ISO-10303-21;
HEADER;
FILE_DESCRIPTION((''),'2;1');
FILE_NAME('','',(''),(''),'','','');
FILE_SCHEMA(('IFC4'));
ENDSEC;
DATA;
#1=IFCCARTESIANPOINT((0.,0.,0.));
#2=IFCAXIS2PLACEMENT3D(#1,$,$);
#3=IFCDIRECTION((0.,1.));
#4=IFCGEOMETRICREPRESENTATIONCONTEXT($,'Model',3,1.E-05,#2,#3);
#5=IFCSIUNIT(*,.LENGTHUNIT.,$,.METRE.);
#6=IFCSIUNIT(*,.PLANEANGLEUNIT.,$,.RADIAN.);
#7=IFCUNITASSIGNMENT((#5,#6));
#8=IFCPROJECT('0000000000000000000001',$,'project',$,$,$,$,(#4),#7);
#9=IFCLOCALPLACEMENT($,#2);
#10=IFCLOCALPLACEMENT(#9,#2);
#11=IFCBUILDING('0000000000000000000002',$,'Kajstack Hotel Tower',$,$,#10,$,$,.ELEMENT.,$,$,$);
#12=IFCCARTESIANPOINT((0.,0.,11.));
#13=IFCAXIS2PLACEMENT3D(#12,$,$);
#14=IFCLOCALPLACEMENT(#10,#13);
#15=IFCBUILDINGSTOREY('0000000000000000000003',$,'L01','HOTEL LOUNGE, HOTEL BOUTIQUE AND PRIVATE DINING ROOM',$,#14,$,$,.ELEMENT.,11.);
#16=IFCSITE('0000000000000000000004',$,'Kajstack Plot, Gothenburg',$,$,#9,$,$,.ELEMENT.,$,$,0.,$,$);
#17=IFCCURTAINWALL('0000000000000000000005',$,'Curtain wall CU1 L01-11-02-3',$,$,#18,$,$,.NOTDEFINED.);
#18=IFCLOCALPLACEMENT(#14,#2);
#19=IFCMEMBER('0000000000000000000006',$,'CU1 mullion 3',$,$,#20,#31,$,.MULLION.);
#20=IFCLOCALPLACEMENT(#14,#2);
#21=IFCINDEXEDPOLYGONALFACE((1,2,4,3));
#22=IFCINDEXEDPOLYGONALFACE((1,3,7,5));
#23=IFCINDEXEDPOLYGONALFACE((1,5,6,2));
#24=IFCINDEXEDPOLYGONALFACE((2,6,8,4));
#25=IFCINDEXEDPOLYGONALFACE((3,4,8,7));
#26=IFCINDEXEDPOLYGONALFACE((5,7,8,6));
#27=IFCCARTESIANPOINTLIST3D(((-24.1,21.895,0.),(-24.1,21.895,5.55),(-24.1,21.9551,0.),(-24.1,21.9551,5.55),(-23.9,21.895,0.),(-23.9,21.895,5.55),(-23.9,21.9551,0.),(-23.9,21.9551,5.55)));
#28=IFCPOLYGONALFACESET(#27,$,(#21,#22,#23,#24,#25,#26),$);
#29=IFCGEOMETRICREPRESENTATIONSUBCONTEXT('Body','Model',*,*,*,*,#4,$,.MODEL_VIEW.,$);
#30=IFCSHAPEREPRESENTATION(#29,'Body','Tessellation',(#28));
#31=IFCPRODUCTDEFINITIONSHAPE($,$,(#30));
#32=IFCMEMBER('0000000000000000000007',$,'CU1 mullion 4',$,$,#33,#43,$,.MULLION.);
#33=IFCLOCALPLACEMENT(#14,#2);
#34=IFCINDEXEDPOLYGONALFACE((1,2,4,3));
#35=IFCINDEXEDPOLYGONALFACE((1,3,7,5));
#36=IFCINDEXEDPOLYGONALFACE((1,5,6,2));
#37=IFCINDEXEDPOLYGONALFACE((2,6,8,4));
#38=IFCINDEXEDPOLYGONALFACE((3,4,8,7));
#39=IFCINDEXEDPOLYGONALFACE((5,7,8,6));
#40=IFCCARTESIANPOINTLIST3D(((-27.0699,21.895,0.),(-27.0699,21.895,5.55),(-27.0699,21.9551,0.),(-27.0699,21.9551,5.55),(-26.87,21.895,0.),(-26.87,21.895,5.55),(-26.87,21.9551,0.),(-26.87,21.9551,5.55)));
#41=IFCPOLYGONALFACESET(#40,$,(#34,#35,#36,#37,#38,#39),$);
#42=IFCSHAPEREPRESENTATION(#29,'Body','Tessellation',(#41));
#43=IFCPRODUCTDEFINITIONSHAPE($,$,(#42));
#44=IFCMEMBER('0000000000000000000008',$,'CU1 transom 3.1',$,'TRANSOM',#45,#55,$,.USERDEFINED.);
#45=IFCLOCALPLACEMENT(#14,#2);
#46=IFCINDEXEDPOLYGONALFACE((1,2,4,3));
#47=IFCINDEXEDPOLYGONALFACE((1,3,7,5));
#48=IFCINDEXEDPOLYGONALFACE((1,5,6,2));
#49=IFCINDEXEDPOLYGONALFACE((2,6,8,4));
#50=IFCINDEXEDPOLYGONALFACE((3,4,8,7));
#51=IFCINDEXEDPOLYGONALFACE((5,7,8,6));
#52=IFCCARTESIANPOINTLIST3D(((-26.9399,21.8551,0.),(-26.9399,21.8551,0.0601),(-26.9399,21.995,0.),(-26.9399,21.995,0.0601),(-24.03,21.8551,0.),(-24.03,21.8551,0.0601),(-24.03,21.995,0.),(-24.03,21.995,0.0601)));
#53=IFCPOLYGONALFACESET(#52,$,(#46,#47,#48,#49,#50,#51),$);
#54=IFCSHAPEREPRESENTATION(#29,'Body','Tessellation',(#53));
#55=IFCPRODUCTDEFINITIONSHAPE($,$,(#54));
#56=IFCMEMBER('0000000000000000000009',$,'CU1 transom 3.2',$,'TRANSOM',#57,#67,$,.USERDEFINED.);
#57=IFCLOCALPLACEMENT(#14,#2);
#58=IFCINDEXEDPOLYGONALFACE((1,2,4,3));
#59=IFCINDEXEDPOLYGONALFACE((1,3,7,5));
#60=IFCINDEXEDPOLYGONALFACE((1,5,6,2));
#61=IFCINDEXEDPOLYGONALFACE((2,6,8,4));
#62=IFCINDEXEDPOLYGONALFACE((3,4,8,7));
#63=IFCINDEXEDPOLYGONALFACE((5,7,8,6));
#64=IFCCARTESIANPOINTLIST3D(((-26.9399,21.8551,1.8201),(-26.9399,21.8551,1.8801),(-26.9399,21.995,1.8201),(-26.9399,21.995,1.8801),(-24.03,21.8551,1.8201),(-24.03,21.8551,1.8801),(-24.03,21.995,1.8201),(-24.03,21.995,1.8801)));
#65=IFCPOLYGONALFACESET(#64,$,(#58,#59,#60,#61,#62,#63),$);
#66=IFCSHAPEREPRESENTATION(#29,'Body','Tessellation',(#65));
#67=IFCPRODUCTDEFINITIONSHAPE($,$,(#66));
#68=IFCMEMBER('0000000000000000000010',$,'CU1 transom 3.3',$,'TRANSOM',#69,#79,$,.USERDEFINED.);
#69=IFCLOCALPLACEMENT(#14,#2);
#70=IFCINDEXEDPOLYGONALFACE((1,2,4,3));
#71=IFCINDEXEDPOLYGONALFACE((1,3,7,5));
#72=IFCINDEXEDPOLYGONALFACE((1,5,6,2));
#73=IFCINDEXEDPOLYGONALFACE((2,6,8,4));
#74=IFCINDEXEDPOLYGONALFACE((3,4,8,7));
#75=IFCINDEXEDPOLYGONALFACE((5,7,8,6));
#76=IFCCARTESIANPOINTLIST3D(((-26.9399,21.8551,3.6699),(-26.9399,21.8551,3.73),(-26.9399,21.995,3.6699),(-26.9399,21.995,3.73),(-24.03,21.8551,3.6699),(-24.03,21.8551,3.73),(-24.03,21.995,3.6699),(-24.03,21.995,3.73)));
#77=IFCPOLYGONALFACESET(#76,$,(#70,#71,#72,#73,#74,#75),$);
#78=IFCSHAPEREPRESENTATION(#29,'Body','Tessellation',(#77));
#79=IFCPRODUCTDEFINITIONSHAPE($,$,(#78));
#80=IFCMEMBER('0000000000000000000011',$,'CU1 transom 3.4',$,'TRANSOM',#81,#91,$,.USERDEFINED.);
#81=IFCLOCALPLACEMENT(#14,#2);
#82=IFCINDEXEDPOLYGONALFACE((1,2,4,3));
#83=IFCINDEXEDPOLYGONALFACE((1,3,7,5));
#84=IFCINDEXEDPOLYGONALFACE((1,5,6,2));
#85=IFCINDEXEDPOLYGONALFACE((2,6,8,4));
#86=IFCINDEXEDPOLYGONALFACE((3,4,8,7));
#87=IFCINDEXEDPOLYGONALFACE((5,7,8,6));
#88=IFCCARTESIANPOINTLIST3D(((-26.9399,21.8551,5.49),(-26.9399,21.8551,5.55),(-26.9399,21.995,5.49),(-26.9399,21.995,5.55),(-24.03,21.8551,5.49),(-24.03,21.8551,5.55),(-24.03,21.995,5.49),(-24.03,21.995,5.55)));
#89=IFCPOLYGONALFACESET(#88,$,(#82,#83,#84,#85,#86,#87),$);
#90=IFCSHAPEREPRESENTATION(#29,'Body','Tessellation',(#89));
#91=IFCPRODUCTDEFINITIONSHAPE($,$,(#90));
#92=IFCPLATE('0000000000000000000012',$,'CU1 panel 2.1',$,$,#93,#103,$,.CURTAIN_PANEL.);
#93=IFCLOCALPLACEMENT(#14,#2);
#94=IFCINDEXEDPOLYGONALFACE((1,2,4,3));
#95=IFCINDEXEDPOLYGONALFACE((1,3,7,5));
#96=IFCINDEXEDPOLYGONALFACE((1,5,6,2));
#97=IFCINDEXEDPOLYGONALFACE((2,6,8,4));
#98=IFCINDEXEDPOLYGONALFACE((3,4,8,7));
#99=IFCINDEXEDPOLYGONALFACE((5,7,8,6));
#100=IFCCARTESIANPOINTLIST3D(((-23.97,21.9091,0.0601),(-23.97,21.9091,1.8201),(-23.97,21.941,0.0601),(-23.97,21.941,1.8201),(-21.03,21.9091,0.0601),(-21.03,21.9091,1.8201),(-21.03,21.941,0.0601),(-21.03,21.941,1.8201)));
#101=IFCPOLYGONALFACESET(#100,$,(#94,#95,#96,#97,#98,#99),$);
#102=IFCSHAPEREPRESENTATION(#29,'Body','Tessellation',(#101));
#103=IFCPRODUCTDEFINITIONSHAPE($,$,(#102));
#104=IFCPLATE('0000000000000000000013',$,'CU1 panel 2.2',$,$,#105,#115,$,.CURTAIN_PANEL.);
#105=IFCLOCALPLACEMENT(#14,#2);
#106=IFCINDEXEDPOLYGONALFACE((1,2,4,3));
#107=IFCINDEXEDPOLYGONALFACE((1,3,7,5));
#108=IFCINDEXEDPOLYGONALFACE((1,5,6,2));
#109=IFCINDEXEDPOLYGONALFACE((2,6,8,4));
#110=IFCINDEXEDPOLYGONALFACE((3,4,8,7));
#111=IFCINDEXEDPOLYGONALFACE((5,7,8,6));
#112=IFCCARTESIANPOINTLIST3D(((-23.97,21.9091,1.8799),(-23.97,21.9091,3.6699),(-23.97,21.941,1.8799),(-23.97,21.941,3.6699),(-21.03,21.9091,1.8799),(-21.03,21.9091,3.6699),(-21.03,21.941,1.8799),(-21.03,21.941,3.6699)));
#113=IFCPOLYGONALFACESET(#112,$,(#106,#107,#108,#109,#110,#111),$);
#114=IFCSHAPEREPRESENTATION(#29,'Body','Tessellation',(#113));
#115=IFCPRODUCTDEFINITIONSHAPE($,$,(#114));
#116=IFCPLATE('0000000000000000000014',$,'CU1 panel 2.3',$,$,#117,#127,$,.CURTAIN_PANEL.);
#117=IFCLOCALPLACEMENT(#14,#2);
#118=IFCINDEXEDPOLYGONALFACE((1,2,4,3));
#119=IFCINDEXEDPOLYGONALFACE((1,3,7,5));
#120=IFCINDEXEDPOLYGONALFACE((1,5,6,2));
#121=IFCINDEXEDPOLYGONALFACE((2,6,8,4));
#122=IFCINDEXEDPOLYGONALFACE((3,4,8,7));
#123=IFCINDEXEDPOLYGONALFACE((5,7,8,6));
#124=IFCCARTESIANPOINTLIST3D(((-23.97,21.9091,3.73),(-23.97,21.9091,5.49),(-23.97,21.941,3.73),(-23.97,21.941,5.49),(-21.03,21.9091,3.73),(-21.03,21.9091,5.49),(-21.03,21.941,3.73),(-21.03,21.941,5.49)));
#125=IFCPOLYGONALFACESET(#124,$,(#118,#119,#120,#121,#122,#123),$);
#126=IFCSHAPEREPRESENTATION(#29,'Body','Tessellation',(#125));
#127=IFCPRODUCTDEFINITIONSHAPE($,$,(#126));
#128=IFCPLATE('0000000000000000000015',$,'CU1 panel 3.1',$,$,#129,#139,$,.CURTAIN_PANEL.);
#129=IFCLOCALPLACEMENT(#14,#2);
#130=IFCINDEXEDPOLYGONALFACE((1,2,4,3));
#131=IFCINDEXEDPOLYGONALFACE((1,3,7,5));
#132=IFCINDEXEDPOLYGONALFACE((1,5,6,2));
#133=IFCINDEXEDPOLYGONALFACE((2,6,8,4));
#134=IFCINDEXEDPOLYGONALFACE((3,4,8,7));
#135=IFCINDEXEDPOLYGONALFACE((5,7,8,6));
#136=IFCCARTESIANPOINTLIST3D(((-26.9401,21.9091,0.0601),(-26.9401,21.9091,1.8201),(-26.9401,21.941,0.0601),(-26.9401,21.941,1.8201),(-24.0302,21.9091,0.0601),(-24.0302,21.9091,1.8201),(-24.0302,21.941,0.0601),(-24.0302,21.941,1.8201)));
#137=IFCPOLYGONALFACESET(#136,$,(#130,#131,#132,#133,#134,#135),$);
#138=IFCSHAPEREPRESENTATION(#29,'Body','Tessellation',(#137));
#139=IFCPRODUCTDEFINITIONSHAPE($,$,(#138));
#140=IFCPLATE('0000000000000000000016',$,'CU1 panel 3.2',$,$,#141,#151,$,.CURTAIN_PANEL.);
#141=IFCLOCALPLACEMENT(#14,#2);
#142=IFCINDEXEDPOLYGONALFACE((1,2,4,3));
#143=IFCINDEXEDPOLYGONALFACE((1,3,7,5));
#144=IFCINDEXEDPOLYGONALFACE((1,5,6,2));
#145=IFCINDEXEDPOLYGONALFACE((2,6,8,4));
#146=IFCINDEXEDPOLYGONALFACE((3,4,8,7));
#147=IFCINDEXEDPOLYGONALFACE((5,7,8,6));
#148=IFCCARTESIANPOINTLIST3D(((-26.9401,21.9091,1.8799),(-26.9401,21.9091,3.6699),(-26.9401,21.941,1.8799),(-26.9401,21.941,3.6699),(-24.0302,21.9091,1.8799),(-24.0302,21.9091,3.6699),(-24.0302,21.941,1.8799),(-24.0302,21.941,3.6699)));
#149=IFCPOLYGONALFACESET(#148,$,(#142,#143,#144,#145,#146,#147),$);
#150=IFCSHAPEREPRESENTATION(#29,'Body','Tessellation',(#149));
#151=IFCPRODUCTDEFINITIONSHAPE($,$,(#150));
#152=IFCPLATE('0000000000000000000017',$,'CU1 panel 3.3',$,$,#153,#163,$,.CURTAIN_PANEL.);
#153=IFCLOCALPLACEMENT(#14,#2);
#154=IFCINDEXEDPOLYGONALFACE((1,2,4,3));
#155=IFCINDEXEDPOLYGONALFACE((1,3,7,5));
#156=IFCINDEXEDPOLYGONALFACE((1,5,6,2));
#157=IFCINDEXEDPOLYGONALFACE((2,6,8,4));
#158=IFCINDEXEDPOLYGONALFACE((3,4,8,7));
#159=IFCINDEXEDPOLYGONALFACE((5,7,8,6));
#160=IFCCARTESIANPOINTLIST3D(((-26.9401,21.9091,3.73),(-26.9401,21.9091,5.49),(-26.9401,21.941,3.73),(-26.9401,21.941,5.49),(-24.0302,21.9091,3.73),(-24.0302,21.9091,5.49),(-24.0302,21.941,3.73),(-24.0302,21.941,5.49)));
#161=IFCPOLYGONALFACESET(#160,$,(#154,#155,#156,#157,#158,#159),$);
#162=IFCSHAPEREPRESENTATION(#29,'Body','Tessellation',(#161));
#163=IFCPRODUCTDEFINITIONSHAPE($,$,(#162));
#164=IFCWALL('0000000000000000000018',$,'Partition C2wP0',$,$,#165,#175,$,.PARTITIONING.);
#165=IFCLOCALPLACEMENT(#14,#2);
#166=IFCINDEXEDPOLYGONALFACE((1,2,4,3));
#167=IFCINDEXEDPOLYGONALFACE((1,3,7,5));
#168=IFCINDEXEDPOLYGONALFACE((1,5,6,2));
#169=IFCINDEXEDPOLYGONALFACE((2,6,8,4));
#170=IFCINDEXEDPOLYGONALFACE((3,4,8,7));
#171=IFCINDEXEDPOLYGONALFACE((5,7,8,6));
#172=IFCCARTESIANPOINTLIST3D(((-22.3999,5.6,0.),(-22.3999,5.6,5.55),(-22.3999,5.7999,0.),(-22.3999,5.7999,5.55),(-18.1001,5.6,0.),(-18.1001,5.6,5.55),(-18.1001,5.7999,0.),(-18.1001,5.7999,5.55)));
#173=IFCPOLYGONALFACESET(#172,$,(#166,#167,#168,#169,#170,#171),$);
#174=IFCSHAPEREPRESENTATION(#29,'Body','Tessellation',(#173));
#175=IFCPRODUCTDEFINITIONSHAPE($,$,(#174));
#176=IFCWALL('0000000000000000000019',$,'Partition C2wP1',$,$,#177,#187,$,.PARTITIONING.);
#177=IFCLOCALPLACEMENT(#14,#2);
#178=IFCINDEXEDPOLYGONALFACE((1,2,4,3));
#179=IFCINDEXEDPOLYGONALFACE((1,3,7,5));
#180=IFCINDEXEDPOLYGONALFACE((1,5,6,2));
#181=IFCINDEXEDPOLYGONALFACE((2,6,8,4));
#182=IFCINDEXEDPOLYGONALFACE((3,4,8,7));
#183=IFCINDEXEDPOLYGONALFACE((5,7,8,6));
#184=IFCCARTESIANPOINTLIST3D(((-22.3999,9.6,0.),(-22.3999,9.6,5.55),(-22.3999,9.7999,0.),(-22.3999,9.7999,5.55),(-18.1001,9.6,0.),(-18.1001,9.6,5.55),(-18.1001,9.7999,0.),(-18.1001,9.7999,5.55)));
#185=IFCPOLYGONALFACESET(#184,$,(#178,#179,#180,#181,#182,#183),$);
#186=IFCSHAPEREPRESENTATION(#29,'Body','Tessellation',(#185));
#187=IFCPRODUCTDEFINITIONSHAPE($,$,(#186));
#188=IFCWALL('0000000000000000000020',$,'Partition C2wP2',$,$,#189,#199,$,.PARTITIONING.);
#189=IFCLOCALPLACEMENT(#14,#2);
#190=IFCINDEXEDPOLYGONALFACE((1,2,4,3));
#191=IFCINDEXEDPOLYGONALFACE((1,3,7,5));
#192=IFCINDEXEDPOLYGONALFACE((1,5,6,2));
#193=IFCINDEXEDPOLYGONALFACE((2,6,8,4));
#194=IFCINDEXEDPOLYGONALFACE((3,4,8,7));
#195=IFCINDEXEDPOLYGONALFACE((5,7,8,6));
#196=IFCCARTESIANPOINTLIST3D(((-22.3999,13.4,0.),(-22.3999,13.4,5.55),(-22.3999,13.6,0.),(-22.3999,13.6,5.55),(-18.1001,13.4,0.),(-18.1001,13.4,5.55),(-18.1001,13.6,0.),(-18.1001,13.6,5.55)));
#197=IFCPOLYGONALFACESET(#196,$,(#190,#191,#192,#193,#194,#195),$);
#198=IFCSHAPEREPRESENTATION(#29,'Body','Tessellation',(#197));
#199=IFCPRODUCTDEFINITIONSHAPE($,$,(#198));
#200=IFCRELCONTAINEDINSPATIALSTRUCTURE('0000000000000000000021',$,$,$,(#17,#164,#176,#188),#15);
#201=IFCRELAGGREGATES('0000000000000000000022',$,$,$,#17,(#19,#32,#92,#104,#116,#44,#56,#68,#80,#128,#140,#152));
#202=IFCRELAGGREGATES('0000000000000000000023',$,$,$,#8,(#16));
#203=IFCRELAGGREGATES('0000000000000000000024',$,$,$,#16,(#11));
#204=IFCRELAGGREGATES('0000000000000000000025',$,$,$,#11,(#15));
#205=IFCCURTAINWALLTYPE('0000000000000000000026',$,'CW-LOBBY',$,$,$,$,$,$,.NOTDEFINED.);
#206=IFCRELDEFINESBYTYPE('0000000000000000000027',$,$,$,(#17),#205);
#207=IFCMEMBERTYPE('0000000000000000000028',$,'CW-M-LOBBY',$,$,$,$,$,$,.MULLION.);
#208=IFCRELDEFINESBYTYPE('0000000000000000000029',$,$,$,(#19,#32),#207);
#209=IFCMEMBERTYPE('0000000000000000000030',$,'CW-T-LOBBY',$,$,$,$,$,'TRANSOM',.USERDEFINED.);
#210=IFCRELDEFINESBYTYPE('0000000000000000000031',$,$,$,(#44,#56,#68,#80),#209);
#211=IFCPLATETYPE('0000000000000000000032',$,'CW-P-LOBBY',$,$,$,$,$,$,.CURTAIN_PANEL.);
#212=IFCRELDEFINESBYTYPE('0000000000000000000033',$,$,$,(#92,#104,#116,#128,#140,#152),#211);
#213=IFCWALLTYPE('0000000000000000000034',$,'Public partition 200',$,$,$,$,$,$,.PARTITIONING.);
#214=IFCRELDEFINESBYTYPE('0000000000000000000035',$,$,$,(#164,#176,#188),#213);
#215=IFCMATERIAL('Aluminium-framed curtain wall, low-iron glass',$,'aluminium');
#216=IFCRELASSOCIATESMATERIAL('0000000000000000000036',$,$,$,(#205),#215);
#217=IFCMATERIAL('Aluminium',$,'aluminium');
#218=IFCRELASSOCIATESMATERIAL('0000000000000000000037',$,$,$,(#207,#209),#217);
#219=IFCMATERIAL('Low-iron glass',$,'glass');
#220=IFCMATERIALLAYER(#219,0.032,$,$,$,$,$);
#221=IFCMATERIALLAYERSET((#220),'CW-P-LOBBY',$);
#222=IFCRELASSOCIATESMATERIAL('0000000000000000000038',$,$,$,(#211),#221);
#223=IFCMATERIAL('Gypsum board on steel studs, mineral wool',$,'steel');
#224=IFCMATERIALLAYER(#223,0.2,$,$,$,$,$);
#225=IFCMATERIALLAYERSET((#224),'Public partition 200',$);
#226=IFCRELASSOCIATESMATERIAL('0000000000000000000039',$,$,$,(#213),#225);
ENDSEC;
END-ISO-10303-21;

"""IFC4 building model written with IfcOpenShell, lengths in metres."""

from ifc_helpers import new_model, si_unit, direction, frame, frame_2d, origin, origin_2d, place, context, subcontext, project, spatial, rectangle, extrude, material, layer, layer_set, material_profile, profile_set, type_object, element, aggregate, save


model = new_model("IFC4")

# Units and contexts
model_context = context("Model", 3, precision=1e-05, world=origin(), true_north=direction((0.0, 1.0)))
body_context = subcontext(model_context, "Body", "Model", "MODEL_VIEW")
ifc_project = project(units=[si_unit("LENGTHUNIT", "METRE"), si_unit("PLANEANGLEUNIT", "RADIAN")], contexts=[model_context])

# Site, building, storey
site_placement = place(None, origin())
site = spatial("IfcSite", under=ifc_project, at=site_placement, Name="Kajstack Plot, Gothenburg", CompositionType="ELEMENT", RefElevation=0.0)
building_placement = place(site_placement, origin())
building = spatial("IfcBuilding", under=site, at=building_placement, Name="Kajstack Hotel Tower", CompositionType="ELEMENT")
storey_placement = place(building_placement, frame((0.0, 0.0, 11.0)))
storey = spatial("IfcBuildingStorey", under=building, at=storey_placement, Name="L01", Description="HOTEL LOUNGE, HOTEL BOUTIQUE AND PRIVATE DINING ROOM", CompositionType="ELEMENT", Elevation=11.0)

# Curtain wall, members, plates
ifc_material_1 = material(Name="Aluminium-framed curtain wall, low-iron glass", Category="aluminium")
curtain_wall_type = type_object("IfcCurtainWallType", Name="CW-LOBBY", PredefinedType="NOTDEFINED", material=ifc_material_1)
curtain_wall_placement = place(storey_placement, origin())
curtain_wall = element("IfcCurtainWall", 1, at=curtain_wall_placement, inside=storey, type_object=curtain_wall_type, Name="Curtain wall CU1 L01-11-02-3", PredefinedType="NOTDEFINED")
ifc_material_2 = material(Name="Aluminium", Category="aluminium")
ifc_material_profile_1 = material_profile(ifc_material_2, rectangle(XDim=0.0601, YDim=0.2, at=origin_2d()), Name="Aluminium mullion 60 x 200")
ifc_profile_set_1 = profile_set([ifc_material_profile_1], Name="Aluminium")
member_type_1 = type_object("IfcMemberType", Name="CW-M-LOBBY", PredefinedType="MULLION", material=ifc_profile_set_1)
member_1_placement = place(storey_placement, frame((-24.0, 21.925, 0.0), z_axis=(0.0, 0.0, 1.0), x_axis=(0.0, -1.0, 0.0)))
member_1 = element("IfcMember", 2, at=member_1_placement, type_object=member_type_1, Name="CU1 mullion 3", PredefinedType="MULLION", context=body_context, shape_type="SweptSolid", body=[
    extrude(rectangle(XDim=0.0601, YDim=0.2, at=origin_2d()), origin(), (0.0, 0.0, 1.0), 5.55),
])
member_2_placement = place(storey_placement, frame((-26.97, 21.925, 0.0), z_axis=(0.0, 0.0, 1.0), x_axis=(0.0, -1.0, 0.0)))
member_2 = element("IfcMember", 3, at=member_2_placement, type_object=member_type_1, Name="CU1 mullion 4", PredefinedType="MULLION", context=body_context, shape_type="SweptSolid", body=[
    extrude(rectangle(XDim=0.0601, YDim=0.2, at=origin_2d()), origin(), (0.0, 0.0, 1.0), 5.55),
])
ifc_material_profile_2 = material_profile(ifc_material_2, rectangle(XDim=0.1399, YDim=0.0601, at=origin_2d()), Name="Aluminium transom 140 x 60")
ifc_profile_set_2 = profile_set([ifc_material_profile_2], Name="Aluminium")
member_type_2 = type_object("IfcMemberType", Name="CW-T-LOBBY", ElementType="TRANSOM", PredefinedType="USERDEFINED", material=ifc_profile_set_2)
member_3_placement = place(storey_placement, frame((-24.03, 21.925, 0.03), z_axis=(-1.0, 0.0, 0.0), x_axis=(0.0, -1.0, 0.0)))
member_3 = element("IfcMember", 4, at=member_3_placement, type_object=member_type_2, Name="CU1 transom 3.1", ObjectType="TRANSOM", PredefinedType="USERDEFINED", context=body_context, shape_type="SweptSolid", body=[
    extrude(rectangle(XDim=0.1399, YDim=0.0601, at=origin_2d()), origin(), (0.0, 0.0, 1.0), 2.9099),
])
member_4_placement = place(storey_placement, frame((-24.03, 21.925, 1.8501), z_axis=(-1.0, 0.0, 0.0), x_axis=(0.0, -1.0, 0.0)))
member_4 = element("IfcMember", 5, at=member_4_placement, type_object=member_type_2, Name="CU1 transom 3.2", ObjectType="TRANSOM", PredefinedType="USERDEFINED", context=body_context, shape_type="SweptSolid", body=[
    extrude(rectangle(XDim=0.1399, YDim=0.0601, at=origin_2d()), origin(), (0.0, 0.0, 1.0), 2.9099),
])
member_5_placement = place(storey_placement, frame((-24.03, 21.925, 3.7), z_axis=(-1.0, 0.0, 0.0), x_axis=(0.0, -1.0, 0.0)))
member_5 = element("IfcMember", 6, at=member_5_placement, type_object=member_type_2, Name="CU1 transom 3.3", ObjectType="TRANSOM", PredefinedType="USERDEFINED", context=body_context, shape_type="SweptSolid", body=[
    extrude(rectangle(XDim=0.1399, YDim=0.0601, at=origin_2d()), origin(), (0.0, 0.0, 1.0), 2.9099),
])
member_6_placement = place(storey_placement, frame((-24.03, 21.925, 5.52), z_axis=(-1.0, 0.0, 0.0), x_axis=(0.0, -1.0, 0.0)))
member_6 = element("IfcMember", 7, at=member_6_placement, type_object=member_type_2, Name="CU1 transom 3.4", ObjectType="TRANSOM", PredefinedType="USERDEFINED", context=body_context, shape_type="SweptSolid", body=[
    extrude(rectangle(XDim=0.1399, YDim=0.0601, at=origin_2d()), origin(), (0.0, 0.0, 1.0), 2.9099),
])
ifc_material_3 = material(Name="Low-iron glass", Category="glass")
ifc_layer_1 = layer(ifc_material_3, 0.032)
ifc_layer_set_1 = layer_set([ifc_layer_1], Name="CW-P-LOBBY")
plate_type = type_object("IfcPlateType", Name="CW-P-LOBBY", PredefinedType="CURTAIN_PANEL", material=ifc_layer_set_1)
plate_1_placement = place(storey_placement, frame((-22.5, 21.925, 0.0601), z_axis=(0.0, 0.0, 1.0), x_axis=(-1.0, 0.0, 0.0)))
plate_1 = element("IfcPlate", 8, at=plate_1_placement, type_object=plate_type, Name="CU1 panel 2.1", PredefinedType="CURTAIN_PANEL", context=body_context, shape_type="SweptSolid", body=[
    extrude(rectangle(XDim=2.9399, YDim=0.032, at=origin_2d()), origin(), (0.0, 0.0, 1.0), 1.76),
])
plate_2_placement = place(storey_placement, frame((-22.5, 21.925, 1.8799), z_axis=(0.0, 0.0, 1.0), x_axis=(-1.0, 0.0, 0.0)))
plate_2 = element("IfcPlate", 9, at=plate_2_placement, type_object=plate_type, Name="CU1 panel 2.2", PredefinedType="CURTAIN_PANEL", context=body_context, shape_type="SweptSolid", body=[
    extrude(rectangle(XDim=2.9399, YDim=0.032, at=origin_2d()), origin(), (0.0, 0.0, 1.0), 1.79),
])
plate_3_placement = place(storey_placement, frame((-22.5, 21.925, 3.73), z_axis=(0.0, 0.0, 1.0), x_axis=(-1.0, 0.0, 0.0)))
plate_3 = element("IfcPlate", 10, at=plate_3_placement, type_object=plate_type, Name="CU1 panel 2.3", PredefinedType="CURTAIN_PANEL", context=body_context, shape_type="SweptSolid", body=[
    extrude(rectangle(XDim=2.9399, YDim=0.032, at=origin_2d()), origin(), (0.0, 0.0, 1.0), 1.76),
])
plate_4_placement = place(storey_placement, frame((-25.4851, 21.925, 0.0601), z_axis=(0.0, 0.0, 1.0), x_axis=(-1.0, 0.0, 0.0)))
plate_4 = element("IfcPlate", 11, at=plate_4_placement, type_object=plate_type, Name="CU1 panel 3.1", PredefinedType="CURTAIN_PANEL", context=body_context, shape_type="SweptSolid", body=[
    extrude(rectangle(XDim=2.9099, YDim=0.032, at=origin_2d()), origin(), (0.0, 0.0, 1.0), 1.76),
])
plate_5_placement = place(storey_placement, frame((-25.4851, 21.925, 1.8799), z_axis=(0.0, 0.0, 1.0), x_axis=(-1.0, 0.0, 0.0)))
plate_5 = element("IfcPlate", 12, at=plate_5_placement, type_object=plate_type, Name="CU1 panel 3.2", PredefinedType="CURTAIN_PANEL", context=body_context, shape_type="SweptSolid", body=[
    extrude(rectangle(XDim=2.9099, YDim=0.032, at=origin_2d()), origin(), (0.0, 0.0, 1.0), 1.79),
])
plate_6_placement = place(storey_placement, frame((-25.4851, 21.925, 3.73), z_axis=(0.0, 0.0, 1.0), x_axis=(-1.0, 0.0, 0.0)))
plate_6 = element("IfcPlate", 13, at=plate_6_placement, type_object=plate_type, Name="CU1 panel 3.3", PredefinedType="CURTAIN_PANEL", context=body_context, shape_type="SweptSolid", body=[
    extrude(rectangle(XDim=2.9099, YDim=0.032, at=origin_2d()), origin(), (0.0, 0.0, 1.0), 1.76),
])
aggregate(curtain_wall, [member_1, member_2, plate_1, plate_2, plate_3, member_3, member_4, member_5, member_6, plate_4, plate_5, plate_6])

# Walls
ifc_material_4 = material(Name="Gypsum board on steel studs, mineral wool", Category="steel")
ifc_layer_2 = layer(ifc_material_4, 0.2)
ifc_layer_set_2 = layer_set([ifc_layer_2], Name="Public partition 200")
wall_type = type_object("IfcWallType", Name="Public partition 200", PredefinedType="PARTITIONING", material=ifc_layer_set_2)
for number, where, z_axis, x_axis, name in (
    (14, (-22.3999, 5.7, 0.0), (0.0, 0.0, 1.0), (1.0, 0.0, 0.0), "Partition C2wP0"),
    (15, (-22.3999, 9.7, 0.0), (0.0, 0.0, 1.0), (1.0, 0.0, 0.0), "Partition C2wP1"),
    (16, (-22.3999, 13.5, 0.0), (0.0, 0.0, 1.0), (1.0, 0.0, 0.0), "Partition C2wP2"),
):
    element("IfcWall", number, at=place(storey_placement, frame(where, z_axis=z_axis, x_axis=x_axis)), inside=storey, type_object=wall_type, Name=name, PredefinedType="PARTITIONING", context=body_context, shape_type="SweptSolid", body=[
        extrude(rectangle(XDim=4.2998, YDim=0.2, at=frame_2d((2.1499, 0.0))), origin(), (0.0, 0.0, 1.0), 5.55),
    ])

save(model, "model.ifc")
